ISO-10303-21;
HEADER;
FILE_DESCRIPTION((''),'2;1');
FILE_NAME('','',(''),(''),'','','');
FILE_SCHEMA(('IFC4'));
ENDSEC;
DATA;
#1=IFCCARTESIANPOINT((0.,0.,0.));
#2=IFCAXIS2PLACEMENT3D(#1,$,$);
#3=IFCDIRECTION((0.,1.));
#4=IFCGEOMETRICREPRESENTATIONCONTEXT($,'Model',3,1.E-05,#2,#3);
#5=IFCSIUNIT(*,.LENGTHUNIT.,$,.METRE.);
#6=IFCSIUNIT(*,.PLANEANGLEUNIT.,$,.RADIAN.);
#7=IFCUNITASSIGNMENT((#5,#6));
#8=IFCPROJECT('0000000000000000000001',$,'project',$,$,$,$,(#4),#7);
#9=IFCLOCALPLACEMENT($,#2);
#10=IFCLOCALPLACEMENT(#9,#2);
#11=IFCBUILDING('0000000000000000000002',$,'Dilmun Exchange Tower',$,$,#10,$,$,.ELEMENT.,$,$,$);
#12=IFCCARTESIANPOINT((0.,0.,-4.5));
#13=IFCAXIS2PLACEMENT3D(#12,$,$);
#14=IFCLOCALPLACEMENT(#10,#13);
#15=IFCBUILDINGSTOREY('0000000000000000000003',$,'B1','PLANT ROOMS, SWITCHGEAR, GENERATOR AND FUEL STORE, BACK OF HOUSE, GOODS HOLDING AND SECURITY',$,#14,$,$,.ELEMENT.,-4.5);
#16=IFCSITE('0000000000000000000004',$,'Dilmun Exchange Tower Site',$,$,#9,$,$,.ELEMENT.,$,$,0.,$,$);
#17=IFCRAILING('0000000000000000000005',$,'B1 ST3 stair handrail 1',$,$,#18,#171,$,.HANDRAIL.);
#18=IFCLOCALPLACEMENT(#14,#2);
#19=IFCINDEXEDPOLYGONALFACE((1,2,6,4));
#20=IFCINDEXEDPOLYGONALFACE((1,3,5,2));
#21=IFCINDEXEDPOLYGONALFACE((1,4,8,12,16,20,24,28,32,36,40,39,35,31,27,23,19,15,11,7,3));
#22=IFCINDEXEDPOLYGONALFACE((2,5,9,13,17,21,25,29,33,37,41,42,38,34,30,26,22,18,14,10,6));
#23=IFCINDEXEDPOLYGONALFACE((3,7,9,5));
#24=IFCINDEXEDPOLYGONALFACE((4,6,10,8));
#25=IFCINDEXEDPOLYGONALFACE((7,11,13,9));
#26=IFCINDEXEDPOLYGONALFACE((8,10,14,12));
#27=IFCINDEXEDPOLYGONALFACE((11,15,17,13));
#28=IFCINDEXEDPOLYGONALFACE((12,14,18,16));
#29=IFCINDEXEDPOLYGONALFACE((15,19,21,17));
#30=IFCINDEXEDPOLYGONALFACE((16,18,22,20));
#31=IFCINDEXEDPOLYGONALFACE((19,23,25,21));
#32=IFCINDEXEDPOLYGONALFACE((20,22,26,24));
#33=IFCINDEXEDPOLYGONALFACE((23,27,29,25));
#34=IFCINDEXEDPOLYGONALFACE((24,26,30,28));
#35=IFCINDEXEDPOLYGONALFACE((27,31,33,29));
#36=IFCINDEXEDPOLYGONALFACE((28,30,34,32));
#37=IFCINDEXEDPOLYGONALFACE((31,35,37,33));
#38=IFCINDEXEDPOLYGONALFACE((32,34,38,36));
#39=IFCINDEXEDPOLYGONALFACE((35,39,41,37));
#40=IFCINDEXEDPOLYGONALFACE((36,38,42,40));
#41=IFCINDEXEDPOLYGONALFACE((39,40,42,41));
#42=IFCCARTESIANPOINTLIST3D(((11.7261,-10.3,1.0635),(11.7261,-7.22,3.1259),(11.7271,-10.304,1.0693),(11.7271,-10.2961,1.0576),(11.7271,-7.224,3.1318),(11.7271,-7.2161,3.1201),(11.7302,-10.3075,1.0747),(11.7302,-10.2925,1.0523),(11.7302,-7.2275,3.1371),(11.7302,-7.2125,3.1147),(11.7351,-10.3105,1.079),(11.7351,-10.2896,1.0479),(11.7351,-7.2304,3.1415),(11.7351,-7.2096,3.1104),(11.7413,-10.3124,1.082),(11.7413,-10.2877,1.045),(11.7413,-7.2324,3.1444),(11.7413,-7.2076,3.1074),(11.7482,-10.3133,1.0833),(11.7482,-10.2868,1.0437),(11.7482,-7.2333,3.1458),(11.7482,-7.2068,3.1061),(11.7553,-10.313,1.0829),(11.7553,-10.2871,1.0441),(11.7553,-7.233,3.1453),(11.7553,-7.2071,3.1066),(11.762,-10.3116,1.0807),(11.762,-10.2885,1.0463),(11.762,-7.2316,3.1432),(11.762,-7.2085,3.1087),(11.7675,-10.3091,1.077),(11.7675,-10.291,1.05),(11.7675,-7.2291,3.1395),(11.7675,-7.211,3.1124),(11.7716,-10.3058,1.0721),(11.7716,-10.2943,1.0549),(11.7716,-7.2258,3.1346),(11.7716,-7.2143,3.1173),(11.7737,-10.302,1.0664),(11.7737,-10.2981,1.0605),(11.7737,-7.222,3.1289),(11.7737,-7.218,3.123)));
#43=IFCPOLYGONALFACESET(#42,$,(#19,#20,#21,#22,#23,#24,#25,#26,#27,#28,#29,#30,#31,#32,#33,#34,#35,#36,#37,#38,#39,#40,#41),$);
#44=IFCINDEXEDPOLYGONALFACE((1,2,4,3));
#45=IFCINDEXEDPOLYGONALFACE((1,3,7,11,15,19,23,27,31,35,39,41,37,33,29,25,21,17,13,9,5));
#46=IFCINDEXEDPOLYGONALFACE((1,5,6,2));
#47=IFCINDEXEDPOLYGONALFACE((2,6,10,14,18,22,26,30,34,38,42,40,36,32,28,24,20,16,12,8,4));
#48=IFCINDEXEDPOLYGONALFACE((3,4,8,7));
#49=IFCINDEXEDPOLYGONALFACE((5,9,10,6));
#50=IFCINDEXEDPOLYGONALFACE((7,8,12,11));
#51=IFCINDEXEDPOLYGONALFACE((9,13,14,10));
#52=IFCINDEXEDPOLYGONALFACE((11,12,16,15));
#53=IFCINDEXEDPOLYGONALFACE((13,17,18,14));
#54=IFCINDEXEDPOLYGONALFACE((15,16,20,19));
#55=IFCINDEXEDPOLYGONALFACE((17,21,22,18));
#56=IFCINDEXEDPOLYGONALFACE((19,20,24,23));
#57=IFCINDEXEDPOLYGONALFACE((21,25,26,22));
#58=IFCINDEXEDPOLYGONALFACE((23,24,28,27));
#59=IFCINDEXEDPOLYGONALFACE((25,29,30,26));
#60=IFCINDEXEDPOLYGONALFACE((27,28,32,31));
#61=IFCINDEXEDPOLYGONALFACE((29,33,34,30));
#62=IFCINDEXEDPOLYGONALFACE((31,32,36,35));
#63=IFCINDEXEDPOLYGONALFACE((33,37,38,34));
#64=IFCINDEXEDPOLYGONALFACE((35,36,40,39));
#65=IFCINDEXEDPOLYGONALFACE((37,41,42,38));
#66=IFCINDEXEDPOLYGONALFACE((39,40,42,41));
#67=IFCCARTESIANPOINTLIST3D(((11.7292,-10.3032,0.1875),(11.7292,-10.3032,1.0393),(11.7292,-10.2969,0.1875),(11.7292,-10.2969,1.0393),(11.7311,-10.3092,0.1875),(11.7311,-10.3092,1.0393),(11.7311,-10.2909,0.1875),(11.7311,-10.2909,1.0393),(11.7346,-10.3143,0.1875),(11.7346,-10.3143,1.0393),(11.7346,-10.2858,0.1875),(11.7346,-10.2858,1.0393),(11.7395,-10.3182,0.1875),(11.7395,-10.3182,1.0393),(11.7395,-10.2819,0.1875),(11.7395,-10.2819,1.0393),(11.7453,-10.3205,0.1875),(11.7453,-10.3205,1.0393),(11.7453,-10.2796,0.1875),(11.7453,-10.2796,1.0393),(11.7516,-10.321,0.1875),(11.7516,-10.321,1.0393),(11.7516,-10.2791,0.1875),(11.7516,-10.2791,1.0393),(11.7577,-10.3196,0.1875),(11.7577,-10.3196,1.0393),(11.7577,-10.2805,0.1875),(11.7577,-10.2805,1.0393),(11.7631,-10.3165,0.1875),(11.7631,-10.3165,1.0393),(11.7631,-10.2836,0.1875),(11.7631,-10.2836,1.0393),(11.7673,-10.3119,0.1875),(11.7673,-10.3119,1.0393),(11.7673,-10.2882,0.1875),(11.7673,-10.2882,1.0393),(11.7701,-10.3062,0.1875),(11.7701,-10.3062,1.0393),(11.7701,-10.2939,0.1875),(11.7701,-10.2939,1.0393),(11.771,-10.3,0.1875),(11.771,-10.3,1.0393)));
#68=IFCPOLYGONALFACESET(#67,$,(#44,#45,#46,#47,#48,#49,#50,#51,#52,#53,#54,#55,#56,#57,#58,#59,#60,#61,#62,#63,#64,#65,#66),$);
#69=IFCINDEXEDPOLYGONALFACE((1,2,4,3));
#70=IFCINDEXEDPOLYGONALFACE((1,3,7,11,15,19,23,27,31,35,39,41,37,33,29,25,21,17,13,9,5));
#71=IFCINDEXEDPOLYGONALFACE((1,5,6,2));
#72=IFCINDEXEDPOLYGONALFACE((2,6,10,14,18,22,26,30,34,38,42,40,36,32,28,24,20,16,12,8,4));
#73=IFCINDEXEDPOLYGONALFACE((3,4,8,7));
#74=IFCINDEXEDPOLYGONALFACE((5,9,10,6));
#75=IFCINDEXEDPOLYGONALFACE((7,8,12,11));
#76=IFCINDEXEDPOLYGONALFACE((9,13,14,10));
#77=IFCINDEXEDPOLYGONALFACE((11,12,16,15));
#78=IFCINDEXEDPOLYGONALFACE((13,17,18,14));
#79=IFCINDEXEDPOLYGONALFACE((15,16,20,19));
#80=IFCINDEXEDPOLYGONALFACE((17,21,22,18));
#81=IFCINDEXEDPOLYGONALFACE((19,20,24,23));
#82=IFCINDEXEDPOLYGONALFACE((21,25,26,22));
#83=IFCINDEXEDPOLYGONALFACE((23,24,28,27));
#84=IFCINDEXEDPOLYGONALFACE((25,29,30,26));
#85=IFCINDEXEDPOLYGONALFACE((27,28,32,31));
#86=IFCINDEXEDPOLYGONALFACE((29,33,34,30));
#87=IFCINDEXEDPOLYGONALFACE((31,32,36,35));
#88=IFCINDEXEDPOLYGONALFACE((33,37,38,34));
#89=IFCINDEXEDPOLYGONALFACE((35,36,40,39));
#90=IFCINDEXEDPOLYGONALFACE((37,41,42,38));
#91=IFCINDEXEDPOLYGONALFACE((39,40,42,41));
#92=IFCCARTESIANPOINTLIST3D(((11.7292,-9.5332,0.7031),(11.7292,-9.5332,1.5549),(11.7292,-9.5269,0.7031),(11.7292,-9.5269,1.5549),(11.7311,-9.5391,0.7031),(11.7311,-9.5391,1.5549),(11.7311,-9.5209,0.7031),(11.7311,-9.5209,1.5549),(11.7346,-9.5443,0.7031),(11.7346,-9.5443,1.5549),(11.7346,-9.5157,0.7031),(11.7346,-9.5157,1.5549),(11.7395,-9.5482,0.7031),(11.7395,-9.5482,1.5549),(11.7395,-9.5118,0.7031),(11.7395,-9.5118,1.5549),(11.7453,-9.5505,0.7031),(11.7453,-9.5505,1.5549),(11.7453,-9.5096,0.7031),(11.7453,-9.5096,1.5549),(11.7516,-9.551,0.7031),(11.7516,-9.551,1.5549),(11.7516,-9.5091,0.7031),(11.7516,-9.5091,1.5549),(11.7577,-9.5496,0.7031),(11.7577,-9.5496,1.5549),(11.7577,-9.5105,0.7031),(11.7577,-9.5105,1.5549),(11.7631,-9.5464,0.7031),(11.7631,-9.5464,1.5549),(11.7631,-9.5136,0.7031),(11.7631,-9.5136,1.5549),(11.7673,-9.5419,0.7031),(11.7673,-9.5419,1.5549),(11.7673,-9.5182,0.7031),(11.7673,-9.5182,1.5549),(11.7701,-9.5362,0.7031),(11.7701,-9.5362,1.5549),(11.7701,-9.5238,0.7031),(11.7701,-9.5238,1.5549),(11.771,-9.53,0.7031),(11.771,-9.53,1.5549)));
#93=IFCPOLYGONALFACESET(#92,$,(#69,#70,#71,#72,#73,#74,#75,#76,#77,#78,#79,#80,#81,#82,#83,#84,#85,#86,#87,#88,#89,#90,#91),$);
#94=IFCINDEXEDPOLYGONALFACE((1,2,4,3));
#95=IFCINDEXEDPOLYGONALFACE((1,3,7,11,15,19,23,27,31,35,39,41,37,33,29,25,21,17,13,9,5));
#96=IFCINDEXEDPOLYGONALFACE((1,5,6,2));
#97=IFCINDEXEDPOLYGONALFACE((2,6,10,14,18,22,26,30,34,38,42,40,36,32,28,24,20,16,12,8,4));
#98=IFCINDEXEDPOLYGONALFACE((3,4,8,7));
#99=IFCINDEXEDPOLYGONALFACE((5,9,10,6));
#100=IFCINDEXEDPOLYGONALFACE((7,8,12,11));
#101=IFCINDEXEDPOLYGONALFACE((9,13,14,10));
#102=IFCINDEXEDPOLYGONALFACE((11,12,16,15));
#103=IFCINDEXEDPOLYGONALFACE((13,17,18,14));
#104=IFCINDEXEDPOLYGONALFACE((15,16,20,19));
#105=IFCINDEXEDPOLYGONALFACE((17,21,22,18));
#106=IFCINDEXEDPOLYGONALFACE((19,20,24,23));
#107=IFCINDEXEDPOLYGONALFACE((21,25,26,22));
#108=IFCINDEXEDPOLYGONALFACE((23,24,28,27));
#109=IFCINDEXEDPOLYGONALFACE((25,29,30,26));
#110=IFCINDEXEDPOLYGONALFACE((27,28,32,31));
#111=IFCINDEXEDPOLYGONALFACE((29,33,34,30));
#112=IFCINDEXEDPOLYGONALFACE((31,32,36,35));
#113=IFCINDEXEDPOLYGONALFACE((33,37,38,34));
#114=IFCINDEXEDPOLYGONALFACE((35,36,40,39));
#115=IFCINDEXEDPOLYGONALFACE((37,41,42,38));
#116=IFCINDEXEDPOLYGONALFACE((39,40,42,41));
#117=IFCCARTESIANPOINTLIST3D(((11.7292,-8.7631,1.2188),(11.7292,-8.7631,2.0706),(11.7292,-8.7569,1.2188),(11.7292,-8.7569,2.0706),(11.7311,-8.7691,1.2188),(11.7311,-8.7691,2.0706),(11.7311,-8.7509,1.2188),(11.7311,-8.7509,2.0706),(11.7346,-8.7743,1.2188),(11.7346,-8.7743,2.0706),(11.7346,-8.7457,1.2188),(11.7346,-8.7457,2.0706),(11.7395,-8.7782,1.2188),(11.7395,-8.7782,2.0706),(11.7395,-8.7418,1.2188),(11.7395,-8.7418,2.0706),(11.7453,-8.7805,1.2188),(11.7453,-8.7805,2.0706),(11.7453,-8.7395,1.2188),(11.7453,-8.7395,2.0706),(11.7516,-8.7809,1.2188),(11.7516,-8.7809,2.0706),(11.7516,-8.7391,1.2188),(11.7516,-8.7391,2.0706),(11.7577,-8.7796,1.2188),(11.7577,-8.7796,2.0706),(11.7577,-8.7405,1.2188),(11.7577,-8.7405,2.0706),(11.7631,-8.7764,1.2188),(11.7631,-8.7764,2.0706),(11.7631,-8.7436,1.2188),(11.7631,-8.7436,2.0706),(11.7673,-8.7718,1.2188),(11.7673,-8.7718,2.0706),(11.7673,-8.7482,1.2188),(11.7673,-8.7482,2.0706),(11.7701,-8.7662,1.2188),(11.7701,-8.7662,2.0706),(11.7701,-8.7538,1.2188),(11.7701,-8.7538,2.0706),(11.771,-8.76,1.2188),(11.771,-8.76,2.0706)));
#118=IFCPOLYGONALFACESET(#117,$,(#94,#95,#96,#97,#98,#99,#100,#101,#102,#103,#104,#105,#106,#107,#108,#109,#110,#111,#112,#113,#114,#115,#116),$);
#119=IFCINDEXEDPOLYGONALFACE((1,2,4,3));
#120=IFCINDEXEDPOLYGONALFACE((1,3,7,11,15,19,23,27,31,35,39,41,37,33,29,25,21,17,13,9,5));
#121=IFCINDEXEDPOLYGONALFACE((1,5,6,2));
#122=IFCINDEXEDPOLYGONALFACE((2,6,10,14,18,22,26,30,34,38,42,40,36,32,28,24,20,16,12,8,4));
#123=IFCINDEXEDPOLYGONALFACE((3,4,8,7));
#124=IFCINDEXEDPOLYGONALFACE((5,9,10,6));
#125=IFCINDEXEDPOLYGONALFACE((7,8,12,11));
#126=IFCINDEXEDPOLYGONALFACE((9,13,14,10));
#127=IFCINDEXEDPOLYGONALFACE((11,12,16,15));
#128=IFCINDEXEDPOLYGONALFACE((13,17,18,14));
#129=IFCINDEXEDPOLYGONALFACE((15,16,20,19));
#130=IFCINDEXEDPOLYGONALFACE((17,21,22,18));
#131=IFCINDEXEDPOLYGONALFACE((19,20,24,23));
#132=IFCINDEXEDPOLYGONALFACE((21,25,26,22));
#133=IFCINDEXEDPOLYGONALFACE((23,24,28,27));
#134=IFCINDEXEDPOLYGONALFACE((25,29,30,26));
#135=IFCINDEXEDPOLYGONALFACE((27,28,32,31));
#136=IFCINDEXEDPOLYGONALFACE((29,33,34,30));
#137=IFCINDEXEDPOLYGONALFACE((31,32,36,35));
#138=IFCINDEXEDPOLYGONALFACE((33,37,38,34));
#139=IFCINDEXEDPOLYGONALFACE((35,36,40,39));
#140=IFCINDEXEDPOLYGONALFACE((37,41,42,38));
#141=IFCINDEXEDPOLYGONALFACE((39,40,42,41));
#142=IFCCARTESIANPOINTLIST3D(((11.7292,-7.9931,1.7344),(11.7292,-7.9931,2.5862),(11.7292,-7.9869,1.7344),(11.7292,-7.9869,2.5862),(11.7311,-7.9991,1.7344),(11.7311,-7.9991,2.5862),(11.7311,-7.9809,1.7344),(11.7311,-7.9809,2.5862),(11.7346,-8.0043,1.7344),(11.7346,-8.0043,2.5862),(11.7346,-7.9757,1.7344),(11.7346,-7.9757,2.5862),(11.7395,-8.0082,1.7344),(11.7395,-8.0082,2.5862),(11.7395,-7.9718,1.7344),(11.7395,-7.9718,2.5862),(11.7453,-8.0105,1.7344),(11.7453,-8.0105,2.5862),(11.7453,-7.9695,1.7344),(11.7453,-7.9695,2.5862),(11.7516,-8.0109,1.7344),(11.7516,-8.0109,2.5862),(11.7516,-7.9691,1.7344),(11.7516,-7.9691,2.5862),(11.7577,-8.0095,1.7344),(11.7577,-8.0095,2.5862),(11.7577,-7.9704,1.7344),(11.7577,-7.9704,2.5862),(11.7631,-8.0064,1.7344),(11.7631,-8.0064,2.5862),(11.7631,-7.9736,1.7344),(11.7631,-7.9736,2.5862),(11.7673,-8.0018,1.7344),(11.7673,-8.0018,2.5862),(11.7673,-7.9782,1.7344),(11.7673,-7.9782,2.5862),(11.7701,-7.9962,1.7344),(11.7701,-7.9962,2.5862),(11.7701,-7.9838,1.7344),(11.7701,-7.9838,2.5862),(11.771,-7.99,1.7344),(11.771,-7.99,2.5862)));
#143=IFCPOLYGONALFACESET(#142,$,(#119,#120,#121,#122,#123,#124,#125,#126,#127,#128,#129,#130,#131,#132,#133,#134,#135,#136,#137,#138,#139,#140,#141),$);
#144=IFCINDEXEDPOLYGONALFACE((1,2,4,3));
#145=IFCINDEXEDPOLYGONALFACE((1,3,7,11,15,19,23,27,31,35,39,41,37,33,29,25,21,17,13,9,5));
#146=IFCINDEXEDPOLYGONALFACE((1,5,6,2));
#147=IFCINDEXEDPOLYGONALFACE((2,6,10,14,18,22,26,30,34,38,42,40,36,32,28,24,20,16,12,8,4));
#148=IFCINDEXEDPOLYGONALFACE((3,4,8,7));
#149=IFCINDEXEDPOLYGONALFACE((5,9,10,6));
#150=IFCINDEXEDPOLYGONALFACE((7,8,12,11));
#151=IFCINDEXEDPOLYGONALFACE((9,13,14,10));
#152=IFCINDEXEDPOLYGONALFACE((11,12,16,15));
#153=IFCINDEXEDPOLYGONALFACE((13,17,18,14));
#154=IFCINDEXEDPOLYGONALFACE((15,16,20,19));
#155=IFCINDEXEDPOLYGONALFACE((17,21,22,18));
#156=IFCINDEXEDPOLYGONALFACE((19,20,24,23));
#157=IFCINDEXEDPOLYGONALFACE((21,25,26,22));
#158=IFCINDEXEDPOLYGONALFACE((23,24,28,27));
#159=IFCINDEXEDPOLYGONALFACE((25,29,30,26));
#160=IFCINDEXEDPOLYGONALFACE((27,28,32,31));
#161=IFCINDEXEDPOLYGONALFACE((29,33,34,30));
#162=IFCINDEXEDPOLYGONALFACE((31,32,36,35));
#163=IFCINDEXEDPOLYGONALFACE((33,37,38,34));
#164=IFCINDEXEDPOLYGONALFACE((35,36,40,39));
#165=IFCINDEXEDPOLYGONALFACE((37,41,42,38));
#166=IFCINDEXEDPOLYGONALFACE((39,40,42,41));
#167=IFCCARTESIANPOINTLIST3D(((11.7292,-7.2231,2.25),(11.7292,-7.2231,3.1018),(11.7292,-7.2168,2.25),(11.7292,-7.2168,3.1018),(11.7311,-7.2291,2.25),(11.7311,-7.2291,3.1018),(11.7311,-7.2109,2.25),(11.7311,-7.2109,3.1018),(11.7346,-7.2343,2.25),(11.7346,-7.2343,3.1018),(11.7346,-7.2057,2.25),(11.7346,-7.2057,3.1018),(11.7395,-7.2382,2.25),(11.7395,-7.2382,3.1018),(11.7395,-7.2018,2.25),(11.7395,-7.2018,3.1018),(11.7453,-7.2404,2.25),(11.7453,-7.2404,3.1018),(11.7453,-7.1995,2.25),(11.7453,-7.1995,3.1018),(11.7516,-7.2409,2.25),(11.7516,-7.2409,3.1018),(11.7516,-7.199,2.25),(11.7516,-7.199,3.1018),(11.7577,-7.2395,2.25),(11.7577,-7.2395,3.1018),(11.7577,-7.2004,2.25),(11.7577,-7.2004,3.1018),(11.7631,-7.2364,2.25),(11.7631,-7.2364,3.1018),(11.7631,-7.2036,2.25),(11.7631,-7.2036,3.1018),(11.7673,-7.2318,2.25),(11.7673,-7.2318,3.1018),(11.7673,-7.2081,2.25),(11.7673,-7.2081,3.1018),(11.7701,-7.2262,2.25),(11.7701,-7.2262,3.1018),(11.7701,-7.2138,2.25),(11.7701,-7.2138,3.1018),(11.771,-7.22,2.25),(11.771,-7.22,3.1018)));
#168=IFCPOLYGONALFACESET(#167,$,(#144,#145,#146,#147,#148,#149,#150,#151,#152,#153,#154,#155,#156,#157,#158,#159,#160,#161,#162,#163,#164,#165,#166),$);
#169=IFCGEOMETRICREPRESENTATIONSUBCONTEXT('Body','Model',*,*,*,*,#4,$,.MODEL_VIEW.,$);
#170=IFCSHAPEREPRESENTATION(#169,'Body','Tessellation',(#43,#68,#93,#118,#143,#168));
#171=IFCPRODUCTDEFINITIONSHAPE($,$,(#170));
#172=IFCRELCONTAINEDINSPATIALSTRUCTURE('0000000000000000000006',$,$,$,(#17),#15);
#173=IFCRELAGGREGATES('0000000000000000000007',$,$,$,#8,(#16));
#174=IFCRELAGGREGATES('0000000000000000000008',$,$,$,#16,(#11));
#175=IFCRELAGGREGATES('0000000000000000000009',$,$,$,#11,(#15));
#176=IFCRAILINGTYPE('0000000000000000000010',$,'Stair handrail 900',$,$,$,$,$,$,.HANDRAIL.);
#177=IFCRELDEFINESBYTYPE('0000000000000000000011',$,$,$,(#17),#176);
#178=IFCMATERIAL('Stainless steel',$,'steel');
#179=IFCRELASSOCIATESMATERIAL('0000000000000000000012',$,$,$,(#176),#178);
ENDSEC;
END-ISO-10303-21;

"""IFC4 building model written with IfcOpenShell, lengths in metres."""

from ifc_helpers import new_model, si_unit, direction, frame, origin, origin_2d, place, context, subcontext, project, spatial, circle, extrude, material, type_object, element, save


model = new_model("IFC4")

# Units and contexts
model_context = context("Model", 3, precision=1e-05, world=origin(), true_north=direction((0.0, 1.0)))
body_context = subcontext(model_context, "Body", "Model", "MODEL_VIEW")
ifc_project = project(units=[si_unit("LENGTHUNIT", "METRE"), si_unit("PLANEANGLEUNIT", "RADIAN")], contexts=[model_context])

# Site, building, storey
site_placement = place(None, origin())
site = spatial("IfcSite", under=ifc_project, at=site_placement, Name="Dilmun Exchange Tower Site", CompositionType="ELEMENT", RefElevation=0.0)
building_placement = place(site_placement, origin())
building = spatial("IfcBuilding", under=site, at=building_placement, Name="Dilmun Exchange Tower", CompositionType="ELEMENT")
storey_placement = place(building_placement, frame((0.0, 0.0, -4.5)))
storey = spatial("IfcBuildingStorey", under=building, at=storey_placement, Name="B1", Description="PLANT ROOMS, SWITCHGEAR, GENERATOR AND FUEL STORE, BACK OF HOUSE, GOODS HOLDING AND SECURITY", CompositionType="ELEMENT", Elevation=-4.5)

# Railing
ifc_material_1 = material(Name="Stainless steel", Category="steel")
railing_type = type_object("IfcRailingType", Name="Stair handrail 900", PredefinedType="HANDRAIL", material=ifc_material_1)
railing_placement = place(storey_placement, frame((11.75, -10.3, 0.1875)))
element("IfcRailing", 1, at=railing_placement, inside=storey, type_object=railing_type, Name="B1 ST3 stair handrail 1", PredefinedType="HANDRAIL", context=body_context, shape_type="SweptSolid", body=[
    extrude(circle(Radius=0.0239, at=origin_2d()), frame((0.0, 0.0, 0.876), z_axis=(0.0, 0.830914, 0.556401), x_axis=(-1.0, 0.0, 0.0)), (0.0, 0.0, 1.0), 3.7068),
    extrude(circle(Radius=0.021, at=origin_2d()), origin(), (0.0, 0.0, 1.0), 0.8518),
    extrude(circle(Radius=0.021, at=origin_2d()), frame((0.0, 0.77, 0.5156)), (0.0, 0.0, 1.0), 0.8518),
    extrude(circle(Radius=0.021, at=origin_2d()), frame((0.0, 1.54, 1.0312)), (0.0, 0.0, 1.0), 0.8518),
    extrude(circle(Radius=0.021, at=origin_2d()), frame((0.0, 2.3101, 1.5469)), (0.0, 0.0, 1.0), 0.8518),
    extrude(circle(Radius=0.021, at=origin_2d()), frame((0.0, 3.0801, 2.0625)), (0.0, 0.0, 1.0), 0.8518),
])

save(model, "model.ifc")
